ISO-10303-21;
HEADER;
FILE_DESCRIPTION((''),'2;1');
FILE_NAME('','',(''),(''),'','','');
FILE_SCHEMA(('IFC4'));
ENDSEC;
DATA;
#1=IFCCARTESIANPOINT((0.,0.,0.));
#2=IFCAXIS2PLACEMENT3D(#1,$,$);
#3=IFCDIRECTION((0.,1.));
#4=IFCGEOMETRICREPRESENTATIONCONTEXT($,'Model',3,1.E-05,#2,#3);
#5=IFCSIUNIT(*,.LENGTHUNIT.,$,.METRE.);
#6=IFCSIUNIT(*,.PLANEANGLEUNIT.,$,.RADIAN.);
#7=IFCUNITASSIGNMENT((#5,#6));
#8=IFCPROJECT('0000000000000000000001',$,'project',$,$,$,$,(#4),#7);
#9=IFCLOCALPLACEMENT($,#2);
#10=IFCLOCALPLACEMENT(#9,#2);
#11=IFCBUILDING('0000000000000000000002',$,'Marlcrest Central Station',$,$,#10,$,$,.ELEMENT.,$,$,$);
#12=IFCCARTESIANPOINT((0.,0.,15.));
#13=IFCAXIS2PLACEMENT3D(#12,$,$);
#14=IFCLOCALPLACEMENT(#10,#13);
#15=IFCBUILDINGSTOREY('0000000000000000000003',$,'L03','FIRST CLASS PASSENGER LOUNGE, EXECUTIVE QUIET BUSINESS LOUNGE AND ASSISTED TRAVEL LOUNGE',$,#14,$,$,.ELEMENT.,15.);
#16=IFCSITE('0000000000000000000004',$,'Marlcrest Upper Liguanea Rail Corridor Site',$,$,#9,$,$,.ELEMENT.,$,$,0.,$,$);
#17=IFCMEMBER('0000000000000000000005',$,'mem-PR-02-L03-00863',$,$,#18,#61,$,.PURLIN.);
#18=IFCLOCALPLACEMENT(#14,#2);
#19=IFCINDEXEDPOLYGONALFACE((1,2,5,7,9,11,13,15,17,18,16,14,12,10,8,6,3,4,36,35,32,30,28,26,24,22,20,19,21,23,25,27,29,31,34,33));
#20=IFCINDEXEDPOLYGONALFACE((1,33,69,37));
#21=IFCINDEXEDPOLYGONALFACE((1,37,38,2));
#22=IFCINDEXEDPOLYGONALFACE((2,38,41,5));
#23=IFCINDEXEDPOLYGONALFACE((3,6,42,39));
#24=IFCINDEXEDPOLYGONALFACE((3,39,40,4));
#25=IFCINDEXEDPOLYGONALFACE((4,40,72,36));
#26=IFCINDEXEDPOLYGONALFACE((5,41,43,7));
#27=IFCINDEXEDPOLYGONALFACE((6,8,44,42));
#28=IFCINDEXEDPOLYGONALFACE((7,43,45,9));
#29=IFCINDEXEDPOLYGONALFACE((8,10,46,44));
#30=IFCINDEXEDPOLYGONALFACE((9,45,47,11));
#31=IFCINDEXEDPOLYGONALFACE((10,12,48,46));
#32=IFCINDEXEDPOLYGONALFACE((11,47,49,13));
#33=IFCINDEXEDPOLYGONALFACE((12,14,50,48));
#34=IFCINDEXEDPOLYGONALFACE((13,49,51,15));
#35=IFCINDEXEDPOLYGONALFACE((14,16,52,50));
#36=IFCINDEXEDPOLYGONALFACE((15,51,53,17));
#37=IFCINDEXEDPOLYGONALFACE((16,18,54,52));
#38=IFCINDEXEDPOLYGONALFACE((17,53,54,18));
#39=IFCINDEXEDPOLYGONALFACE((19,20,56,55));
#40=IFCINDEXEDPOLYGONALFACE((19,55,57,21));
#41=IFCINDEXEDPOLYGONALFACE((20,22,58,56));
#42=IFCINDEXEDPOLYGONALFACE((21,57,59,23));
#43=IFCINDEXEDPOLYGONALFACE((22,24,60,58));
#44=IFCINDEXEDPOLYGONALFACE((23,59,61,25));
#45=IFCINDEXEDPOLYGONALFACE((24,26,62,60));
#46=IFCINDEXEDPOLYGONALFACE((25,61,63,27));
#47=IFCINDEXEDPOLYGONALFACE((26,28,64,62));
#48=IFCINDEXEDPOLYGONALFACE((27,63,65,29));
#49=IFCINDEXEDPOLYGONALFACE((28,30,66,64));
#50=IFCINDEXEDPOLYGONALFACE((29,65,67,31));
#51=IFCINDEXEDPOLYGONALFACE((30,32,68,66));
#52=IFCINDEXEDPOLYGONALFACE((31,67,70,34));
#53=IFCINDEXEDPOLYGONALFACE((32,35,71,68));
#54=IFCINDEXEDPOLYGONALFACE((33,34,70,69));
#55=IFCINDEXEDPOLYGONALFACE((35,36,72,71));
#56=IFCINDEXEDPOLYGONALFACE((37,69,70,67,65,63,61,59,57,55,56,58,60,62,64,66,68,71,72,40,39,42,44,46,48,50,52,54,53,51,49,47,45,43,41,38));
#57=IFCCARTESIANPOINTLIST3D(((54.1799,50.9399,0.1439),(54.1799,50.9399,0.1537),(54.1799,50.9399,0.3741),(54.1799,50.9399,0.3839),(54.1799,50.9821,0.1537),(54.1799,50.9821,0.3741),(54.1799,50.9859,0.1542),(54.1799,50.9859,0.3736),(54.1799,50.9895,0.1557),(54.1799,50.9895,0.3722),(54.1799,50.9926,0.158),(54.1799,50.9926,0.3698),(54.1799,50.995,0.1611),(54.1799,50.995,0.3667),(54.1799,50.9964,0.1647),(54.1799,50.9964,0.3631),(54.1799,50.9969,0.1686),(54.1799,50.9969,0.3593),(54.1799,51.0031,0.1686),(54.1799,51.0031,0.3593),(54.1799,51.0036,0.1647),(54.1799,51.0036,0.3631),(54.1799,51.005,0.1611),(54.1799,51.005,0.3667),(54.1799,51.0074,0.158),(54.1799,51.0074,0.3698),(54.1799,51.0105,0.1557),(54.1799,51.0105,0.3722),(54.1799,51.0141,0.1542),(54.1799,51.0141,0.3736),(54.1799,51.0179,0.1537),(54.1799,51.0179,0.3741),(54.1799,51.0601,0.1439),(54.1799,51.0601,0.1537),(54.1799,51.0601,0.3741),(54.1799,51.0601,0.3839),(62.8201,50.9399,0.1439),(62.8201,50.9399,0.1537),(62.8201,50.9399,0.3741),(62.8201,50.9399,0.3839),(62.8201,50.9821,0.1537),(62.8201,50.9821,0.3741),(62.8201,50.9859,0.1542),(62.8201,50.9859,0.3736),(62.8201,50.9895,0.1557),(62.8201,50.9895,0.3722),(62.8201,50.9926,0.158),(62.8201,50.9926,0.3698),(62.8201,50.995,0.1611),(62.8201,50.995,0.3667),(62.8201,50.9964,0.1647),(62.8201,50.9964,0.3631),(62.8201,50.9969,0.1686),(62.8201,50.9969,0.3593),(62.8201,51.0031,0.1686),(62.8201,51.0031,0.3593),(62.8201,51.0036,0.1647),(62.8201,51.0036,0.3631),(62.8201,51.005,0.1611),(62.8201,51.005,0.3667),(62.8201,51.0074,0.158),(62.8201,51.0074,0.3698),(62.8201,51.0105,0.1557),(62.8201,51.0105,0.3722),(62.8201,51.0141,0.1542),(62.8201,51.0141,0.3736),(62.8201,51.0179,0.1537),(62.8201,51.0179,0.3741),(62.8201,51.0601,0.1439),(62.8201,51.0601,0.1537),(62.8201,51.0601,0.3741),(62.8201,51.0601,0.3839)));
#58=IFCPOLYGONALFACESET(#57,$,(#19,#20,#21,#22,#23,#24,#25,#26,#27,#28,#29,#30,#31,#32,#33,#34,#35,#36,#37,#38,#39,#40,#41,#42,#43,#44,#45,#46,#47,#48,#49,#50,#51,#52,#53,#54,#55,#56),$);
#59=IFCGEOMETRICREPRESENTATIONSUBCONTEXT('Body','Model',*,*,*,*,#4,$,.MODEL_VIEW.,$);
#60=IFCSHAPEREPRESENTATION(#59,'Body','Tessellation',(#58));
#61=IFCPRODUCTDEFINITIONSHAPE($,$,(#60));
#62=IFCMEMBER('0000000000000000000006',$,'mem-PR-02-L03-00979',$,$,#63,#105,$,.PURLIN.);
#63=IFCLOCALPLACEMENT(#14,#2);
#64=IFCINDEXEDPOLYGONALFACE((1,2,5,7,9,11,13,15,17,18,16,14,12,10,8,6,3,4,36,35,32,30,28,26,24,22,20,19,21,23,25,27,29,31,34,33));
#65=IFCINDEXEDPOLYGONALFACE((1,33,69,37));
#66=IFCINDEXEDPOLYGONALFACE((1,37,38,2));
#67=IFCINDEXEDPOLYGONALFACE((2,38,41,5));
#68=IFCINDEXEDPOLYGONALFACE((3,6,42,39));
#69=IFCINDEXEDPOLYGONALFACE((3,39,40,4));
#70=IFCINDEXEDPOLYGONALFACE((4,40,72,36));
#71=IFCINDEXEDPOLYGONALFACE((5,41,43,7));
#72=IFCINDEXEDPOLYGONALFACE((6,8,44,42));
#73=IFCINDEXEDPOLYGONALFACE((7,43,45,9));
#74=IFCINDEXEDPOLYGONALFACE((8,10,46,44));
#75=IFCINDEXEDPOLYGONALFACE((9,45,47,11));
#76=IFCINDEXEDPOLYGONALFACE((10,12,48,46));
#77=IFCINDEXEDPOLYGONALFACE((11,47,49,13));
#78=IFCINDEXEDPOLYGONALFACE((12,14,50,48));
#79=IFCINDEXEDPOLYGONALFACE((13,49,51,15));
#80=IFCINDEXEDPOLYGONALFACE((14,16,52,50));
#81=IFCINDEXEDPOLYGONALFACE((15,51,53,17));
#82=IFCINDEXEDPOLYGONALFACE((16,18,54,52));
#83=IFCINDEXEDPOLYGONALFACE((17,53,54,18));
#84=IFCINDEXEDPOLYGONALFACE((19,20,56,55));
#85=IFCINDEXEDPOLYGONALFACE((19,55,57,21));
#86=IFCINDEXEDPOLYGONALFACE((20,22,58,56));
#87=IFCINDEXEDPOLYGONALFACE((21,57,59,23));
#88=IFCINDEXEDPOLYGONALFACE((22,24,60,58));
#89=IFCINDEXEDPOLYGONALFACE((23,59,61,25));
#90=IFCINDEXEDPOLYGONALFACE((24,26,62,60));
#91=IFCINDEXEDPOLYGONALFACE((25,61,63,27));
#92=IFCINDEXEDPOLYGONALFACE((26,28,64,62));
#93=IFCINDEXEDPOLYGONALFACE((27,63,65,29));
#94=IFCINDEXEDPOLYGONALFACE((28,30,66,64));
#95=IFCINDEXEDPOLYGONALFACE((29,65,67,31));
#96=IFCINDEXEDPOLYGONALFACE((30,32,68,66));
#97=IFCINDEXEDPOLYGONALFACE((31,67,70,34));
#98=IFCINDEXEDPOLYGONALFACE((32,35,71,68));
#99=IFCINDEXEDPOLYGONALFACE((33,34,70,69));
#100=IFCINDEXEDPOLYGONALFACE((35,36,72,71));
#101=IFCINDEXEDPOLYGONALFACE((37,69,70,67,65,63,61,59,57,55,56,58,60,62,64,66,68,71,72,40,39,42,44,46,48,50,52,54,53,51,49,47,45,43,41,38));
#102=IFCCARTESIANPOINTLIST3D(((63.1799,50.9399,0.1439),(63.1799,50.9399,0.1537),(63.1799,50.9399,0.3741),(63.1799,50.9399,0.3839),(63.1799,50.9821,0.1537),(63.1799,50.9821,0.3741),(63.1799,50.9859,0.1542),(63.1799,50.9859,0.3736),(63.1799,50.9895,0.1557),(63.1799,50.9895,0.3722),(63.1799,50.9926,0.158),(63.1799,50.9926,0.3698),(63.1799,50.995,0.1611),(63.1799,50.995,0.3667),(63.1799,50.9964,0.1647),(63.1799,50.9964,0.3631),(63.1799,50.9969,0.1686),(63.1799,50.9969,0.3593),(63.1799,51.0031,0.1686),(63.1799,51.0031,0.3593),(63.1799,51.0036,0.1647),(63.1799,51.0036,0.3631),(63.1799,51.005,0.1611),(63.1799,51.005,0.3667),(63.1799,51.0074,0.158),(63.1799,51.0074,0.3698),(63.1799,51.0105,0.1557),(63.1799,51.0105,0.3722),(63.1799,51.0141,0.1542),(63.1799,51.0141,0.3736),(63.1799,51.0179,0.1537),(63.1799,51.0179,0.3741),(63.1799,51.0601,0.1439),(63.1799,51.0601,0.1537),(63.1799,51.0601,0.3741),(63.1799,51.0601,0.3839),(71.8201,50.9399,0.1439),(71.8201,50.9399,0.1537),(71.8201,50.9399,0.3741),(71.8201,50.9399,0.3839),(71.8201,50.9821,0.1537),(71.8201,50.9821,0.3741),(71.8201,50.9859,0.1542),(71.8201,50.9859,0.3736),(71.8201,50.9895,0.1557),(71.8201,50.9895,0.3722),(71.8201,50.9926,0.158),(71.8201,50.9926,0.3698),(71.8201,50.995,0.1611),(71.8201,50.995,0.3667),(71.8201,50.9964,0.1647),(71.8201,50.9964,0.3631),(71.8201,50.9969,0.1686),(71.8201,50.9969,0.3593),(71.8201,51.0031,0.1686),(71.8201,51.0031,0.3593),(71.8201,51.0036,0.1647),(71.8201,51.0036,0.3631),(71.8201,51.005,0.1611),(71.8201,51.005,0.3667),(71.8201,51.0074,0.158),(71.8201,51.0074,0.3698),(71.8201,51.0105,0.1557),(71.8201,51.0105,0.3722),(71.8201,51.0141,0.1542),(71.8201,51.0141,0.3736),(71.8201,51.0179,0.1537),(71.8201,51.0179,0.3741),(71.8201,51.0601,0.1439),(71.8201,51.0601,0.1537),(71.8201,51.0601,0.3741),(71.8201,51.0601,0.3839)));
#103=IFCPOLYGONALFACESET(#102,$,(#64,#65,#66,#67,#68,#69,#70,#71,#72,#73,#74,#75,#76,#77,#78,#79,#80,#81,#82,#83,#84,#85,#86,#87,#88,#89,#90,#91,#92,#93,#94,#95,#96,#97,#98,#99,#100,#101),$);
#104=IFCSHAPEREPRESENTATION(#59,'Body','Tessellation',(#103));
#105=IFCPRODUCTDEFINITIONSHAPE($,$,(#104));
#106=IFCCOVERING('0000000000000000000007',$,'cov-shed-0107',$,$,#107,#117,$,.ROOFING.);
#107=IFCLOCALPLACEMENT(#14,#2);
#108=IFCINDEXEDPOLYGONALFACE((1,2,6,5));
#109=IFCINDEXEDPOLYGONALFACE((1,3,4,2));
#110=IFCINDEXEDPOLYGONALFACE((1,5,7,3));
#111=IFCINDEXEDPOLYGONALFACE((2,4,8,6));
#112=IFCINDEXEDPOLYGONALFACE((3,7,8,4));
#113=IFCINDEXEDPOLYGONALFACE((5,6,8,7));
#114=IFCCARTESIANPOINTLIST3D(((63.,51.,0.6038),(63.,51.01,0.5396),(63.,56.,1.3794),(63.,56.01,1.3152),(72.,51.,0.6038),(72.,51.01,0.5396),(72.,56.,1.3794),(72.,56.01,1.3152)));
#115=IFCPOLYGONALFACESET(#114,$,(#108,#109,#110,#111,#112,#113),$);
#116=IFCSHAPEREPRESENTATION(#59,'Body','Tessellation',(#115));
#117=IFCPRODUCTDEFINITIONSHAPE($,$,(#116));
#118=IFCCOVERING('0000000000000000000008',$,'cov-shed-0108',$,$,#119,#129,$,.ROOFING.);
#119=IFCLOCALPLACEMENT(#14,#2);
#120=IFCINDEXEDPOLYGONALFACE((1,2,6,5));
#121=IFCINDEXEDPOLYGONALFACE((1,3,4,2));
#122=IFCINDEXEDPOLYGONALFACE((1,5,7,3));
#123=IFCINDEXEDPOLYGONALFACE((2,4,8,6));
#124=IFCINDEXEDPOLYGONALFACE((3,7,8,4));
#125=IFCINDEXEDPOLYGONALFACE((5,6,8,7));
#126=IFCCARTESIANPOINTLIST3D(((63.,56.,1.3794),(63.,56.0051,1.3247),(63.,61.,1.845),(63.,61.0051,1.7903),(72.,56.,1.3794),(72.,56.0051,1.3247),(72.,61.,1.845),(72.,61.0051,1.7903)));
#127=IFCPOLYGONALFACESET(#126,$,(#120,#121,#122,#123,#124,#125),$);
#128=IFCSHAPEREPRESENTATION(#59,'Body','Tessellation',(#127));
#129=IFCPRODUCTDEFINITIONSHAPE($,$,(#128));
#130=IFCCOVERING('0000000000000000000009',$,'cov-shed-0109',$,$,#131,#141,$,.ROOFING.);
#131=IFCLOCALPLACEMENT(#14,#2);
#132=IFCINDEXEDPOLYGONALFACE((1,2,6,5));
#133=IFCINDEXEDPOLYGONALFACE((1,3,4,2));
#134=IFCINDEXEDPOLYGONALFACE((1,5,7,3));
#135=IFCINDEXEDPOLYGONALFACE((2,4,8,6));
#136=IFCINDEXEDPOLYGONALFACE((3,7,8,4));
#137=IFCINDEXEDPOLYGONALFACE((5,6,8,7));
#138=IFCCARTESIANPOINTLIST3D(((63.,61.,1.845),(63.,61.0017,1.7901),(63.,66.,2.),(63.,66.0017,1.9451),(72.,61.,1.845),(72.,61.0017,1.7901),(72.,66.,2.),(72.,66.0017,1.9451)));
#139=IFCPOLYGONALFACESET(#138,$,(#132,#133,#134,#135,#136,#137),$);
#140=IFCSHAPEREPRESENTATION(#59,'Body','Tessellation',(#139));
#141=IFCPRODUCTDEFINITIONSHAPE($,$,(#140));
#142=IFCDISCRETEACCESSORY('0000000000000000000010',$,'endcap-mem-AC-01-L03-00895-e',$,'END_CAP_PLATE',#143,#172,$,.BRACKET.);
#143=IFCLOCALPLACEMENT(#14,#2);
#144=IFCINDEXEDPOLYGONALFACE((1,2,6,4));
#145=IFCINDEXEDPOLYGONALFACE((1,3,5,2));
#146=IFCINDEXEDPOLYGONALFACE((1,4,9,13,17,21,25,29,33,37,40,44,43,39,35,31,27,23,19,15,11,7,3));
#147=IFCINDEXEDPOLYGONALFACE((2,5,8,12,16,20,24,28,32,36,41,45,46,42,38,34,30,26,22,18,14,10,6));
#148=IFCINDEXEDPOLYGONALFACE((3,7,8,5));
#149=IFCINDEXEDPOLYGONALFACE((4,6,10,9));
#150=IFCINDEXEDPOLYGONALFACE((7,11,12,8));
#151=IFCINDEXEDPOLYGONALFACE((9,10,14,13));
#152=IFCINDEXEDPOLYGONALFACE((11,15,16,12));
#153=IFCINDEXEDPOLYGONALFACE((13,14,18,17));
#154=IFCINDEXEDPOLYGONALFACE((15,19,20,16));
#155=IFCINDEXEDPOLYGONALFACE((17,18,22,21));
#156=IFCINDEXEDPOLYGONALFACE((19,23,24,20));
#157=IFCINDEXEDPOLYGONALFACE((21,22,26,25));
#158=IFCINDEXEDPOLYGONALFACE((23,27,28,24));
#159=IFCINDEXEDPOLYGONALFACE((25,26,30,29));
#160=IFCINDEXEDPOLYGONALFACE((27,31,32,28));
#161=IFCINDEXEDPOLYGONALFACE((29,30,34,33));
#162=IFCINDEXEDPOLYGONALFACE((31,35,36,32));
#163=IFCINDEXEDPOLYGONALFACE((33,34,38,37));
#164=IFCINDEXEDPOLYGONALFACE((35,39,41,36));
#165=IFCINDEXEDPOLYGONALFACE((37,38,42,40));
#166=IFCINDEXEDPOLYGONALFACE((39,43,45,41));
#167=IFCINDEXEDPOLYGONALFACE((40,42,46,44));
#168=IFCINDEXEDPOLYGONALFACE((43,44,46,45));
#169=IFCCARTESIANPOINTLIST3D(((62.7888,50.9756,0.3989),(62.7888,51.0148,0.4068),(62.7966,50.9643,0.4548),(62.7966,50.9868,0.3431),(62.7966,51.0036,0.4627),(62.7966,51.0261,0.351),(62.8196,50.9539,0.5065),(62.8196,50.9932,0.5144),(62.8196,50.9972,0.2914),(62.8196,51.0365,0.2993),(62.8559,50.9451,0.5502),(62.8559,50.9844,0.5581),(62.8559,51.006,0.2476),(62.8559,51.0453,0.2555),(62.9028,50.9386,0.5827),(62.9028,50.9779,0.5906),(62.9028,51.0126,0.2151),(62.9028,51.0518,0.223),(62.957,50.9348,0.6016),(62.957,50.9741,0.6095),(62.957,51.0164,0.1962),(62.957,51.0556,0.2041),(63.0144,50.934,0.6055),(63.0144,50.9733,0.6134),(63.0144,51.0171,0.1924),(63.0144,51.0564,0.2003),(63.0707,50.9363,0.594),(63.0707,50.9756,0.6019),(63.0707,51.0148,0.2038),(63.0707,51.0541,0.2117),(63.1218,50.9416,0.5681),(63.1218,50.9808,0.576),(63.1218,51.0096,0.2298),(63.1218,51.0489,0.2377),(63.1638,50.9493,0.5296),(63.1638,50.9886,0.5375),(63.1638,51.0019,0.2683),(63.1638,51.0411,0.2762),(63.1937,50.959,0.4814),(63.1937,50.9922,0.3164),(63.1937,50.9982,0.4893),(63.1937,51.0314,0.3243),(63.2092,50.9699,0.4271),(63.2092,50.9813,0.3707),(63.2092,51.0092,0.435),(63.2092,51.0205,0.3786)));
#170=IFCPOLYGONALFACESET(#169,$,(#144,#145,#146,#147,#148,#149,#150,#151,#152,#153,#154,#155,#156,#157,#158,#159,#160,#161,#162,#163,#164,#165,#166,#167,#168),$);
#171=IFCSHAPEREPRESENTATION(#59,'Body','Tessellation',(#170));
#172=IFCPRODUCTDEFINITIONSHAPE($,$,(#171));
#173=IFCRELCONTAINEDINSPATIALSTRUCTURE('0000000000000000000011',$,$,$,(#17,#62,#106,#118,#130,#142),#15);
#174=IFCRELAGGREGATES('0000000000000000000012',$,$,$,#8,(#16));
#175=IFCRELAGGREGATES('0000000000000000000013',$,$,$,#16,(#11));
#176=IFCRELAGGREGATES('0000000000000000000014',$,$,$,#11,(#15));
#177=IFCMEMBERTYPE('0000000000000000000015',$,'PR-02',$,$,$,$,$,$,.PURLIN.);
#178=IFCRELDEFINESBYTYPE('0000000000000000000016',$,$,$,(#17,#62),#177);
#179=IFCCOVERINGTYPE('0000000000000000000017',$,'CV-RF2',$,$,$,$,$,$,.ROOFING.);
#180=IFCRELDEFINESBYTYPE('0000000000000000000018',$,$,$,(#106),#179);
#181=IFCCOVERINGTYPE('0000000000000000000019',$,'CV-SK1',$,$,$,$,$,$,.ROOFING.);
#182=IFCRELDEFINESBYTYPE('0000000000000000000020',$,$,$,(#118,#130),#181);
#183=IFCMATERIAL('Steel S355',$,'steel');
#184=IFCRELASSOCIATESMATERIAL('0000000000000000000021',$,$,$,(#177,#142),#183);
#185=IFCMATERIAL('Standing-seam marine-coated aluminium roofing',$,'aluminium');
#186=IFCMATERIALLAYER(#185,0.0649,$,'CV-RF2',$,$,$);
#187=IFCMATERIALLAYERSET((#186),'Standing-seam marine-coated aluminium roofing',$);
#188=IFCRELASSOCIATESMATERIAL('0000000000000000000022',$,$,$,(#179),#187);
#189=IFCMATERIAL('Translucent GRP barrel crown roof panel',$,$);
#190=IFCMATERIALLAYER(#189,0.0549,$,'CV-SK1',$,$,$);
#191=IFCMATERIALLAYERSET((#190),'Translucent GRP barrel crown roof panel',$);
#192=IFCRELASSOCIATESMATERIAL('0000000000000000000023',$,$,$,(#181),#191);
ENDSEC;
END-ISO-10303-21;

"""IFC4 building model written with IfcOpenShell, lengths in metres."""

from ifc_helpers import new_model, si_unit, direction, frame, origin, origin_2d, place, context, subcontext, project, spatial, polyline, circle, i_section, outline, extrude, material, layer, layer_set, material_profile, profile_set, type_object, element, save


model = new_model("IFC4")

# Units and contexts
model_context = context("Model", 3, precision=1e-05, world=origin(), true_north=direction((0.0, 1.0)))
body_context = subcontext(model_context, "Body", "Model", "MODEL_VIEW")
ifc_project = project(units=[si_unit("LENGTHUNIT", "METRE"), si_unit("PLANEANGLEUNIT", "RADIAN")], contexts=[model_context])

# Site, building, storey
site_placement = place(None, origin())
site = spatial("IfcSite", under=ifc_project, at=site_placement, Name="Marlcrest Upper Liguanea Rail Corridor Site", CompositionType="ELEMENT", RefElevation=0.0)
building_placement = place(site_placement, origin())
building = spatial("IfcBuilding", under=site, at=building_placement, Name="Marlcrest Central Station", CompositionType="ELEMENT")
storey_placement = place(building_placement, frame((0.0, 0.0, 15.0)))
storey = spatial("IfcBuildingStorey", under=building, at=storey_placement, Name="L03", Description="FIRST CLASS PASSENGER LOUNGE, EXECUTIVE QUIET BUSINESS LOUNGE AND ASSISTED TRAVEL LOUNGE", CompositionType="ELEMENT", Elevation=15.0)

# Members
ifc_material_1 = material(Name="Steel S355", Category="steel")
ifc_material_profile_1 = material_profile(ifc_material_1, i_section(OverallWidth=0.1201, OverallDepth=0.24, WebThickness=0.0061, FlangeThickness=0.0098, FilletRadius=0.0149, at=origin_2d()), Name="IPE 240")
ifc_profile_set_1 = profile_set([ifc_material_profile_1], Name="Steel S355")
member_type_1 = type_object("IfcMemberType", Name="PR-02", PredefinedType="PURLIN", material=ifc_profile_set_1)
for number, where, z_axis, x_axis, name in (
    (1, (54.1799, 51.0, 0.2639), (1.0, 0.0, 0.0), (0.0, 1.0, 0.0), "mem-PR-02-L03-00863"),
    (2, (63.1799, 51.0, 0.2639), (1.0, 0.0, 0.0), (0.0, 1.0, 0.0), "mem-PR-02-L03-00979"),
):
    element("IfcMember", number, at=place(storey_placement, frame(where, z_axis=z_axis, x_axis=x_axis)), inside=storey, type_object=member_type_1, Name=name, PredefinedType="PURLIN", context=body_context, shape_type="SweptSolid", body=[
        extrude(i_section(OverallWidth=0.1201, OverallDepth=0.24, WebThickness=0.0061, FlangeThickness=0.0098, FilletRadius=0.0149, at=origin_2d()), origin(), (0.0, 0.0, 1.0), 8.6401),
    ])

# Coverings
ifc_material_2 = material(Name="Standing-seam marine-coated aluminium roofing", Category="aluminium")
ifc_layer_1 = layer(ifc_material_2, 0.0649, Name="CV-RF2")
ifc_layer_set_1 = layer_set([ifc_layer_1], Name="Standing-seam marine-coated aluminium roofing")
covering_type_1 = type_object("IfcCoveringType", Name="CV-RF2", PredefinedType="ROOFING", material=ifc_layer_set_1)
covering_1_placement = place(storey_placement, frame((63.0, 51.0, 0.6038), z_axis=(0.0, -0.153293, 0.988181), x_axis=(1.0, 0.0, 0.0)))
element("IfcCovering", 3, at=covering_1_placement, inside=storey, type_object=covering_type_1, Name="cov-shed-0107", PredefinedType="ROOFING", context=body_context, shape_type="SweptSolid", body=[
    extrude(outline(polyline([(0.0, 0.0), (9.0, 0.0), (9.0, 5.0598), (0.0, 5.0598), (0.0, 0.0)])), origin(), (0.0, 0.0, -1.0), 0.0649),
])
ifc_material_3 = material(Name="Translucent GRP barrel crown roof panel")
ifc_layer_2 = layer(ifc_material_3, 0.0549, Name="CV-SK1")
ifc_layer_set_2 = layer_set([ifc_layer_2], Name="Translucent GRP barrel crown roof panel")
covering_type_2 = type_object("IfcCoveringType", Name="CV-SK1", PredefinedType="ROOFING", material=ifc_layer_set_2)
covering_2_placement = place(storey_placement, frame((63.0, 56.0, 1.3794), z_axis=(0.0, -0.092714, 0.995693), x_axis=(1.0, 0.0, 0.0)))
element("IfcCovering", 4, at=covering_2_placement, inside=storey, type_object=covering_type_2, Name="cov-shed-0108", PredefinedType="ROOFING", context=body_context, shape_type="SweptSolid", body=[
    extrude(outline(polyline([(0.0, 0.0), (9.0, 0.0), (9.0, 5.0216), (0.0, 5.0216), (0.0, 0.0)])), origin(), (0.0, 0.0, -1.0), 0.0549),
])
covering_3_placement = place(storey_placement, frame((63.0, 61.0, 1.845), z_axis=(0.0, -0.030991, 0.99952), x_axis=(1.0, 0.0, 0.0)))
element("IfcCovering", 5, at=covering_3_placement, inside=storey, type_object=covering_type_2, Name="cov-shed-0109", PredefinedType="ROOFING", context=body_context, shape_type="SweptSolid", body=[
    extrude(outline(polyline([(0.0, 0.0), (9.0, 0.0), (9.0, 5.0024), (0.0, 5.0024), (0.0, 0.0)])), origin(), (0.0, 0.0, -1.0), 0.0549),
])

# Discrete accessory
for number, where, z_axis, x_axis, name in (
    (6, (63.0, 50.9756, 0.3989), (0.0, 0.980359, 0.197219), (-1.0, 0.0, 0.0), "endcap-mem-AC-01-L03-00895-e"),
):
    element("IfcDiscreteAccessory", number, at=place(storey_placement, frame(where, z_axis=z_axis, x_axis=x_axis)), inside=storey, material=ifc_material_1, Name=name, ObjectType="END_CAP_PLATE", PredefinedType="BRACKET", context=body_context, shape_type="SweptSolid", body=[
        extrude(circle(Radius=0.2112, at=origin_2d()), origin(), (0.0, 0.0, 1.0), 0.04),
    ])

save(model, "model.ifc")
